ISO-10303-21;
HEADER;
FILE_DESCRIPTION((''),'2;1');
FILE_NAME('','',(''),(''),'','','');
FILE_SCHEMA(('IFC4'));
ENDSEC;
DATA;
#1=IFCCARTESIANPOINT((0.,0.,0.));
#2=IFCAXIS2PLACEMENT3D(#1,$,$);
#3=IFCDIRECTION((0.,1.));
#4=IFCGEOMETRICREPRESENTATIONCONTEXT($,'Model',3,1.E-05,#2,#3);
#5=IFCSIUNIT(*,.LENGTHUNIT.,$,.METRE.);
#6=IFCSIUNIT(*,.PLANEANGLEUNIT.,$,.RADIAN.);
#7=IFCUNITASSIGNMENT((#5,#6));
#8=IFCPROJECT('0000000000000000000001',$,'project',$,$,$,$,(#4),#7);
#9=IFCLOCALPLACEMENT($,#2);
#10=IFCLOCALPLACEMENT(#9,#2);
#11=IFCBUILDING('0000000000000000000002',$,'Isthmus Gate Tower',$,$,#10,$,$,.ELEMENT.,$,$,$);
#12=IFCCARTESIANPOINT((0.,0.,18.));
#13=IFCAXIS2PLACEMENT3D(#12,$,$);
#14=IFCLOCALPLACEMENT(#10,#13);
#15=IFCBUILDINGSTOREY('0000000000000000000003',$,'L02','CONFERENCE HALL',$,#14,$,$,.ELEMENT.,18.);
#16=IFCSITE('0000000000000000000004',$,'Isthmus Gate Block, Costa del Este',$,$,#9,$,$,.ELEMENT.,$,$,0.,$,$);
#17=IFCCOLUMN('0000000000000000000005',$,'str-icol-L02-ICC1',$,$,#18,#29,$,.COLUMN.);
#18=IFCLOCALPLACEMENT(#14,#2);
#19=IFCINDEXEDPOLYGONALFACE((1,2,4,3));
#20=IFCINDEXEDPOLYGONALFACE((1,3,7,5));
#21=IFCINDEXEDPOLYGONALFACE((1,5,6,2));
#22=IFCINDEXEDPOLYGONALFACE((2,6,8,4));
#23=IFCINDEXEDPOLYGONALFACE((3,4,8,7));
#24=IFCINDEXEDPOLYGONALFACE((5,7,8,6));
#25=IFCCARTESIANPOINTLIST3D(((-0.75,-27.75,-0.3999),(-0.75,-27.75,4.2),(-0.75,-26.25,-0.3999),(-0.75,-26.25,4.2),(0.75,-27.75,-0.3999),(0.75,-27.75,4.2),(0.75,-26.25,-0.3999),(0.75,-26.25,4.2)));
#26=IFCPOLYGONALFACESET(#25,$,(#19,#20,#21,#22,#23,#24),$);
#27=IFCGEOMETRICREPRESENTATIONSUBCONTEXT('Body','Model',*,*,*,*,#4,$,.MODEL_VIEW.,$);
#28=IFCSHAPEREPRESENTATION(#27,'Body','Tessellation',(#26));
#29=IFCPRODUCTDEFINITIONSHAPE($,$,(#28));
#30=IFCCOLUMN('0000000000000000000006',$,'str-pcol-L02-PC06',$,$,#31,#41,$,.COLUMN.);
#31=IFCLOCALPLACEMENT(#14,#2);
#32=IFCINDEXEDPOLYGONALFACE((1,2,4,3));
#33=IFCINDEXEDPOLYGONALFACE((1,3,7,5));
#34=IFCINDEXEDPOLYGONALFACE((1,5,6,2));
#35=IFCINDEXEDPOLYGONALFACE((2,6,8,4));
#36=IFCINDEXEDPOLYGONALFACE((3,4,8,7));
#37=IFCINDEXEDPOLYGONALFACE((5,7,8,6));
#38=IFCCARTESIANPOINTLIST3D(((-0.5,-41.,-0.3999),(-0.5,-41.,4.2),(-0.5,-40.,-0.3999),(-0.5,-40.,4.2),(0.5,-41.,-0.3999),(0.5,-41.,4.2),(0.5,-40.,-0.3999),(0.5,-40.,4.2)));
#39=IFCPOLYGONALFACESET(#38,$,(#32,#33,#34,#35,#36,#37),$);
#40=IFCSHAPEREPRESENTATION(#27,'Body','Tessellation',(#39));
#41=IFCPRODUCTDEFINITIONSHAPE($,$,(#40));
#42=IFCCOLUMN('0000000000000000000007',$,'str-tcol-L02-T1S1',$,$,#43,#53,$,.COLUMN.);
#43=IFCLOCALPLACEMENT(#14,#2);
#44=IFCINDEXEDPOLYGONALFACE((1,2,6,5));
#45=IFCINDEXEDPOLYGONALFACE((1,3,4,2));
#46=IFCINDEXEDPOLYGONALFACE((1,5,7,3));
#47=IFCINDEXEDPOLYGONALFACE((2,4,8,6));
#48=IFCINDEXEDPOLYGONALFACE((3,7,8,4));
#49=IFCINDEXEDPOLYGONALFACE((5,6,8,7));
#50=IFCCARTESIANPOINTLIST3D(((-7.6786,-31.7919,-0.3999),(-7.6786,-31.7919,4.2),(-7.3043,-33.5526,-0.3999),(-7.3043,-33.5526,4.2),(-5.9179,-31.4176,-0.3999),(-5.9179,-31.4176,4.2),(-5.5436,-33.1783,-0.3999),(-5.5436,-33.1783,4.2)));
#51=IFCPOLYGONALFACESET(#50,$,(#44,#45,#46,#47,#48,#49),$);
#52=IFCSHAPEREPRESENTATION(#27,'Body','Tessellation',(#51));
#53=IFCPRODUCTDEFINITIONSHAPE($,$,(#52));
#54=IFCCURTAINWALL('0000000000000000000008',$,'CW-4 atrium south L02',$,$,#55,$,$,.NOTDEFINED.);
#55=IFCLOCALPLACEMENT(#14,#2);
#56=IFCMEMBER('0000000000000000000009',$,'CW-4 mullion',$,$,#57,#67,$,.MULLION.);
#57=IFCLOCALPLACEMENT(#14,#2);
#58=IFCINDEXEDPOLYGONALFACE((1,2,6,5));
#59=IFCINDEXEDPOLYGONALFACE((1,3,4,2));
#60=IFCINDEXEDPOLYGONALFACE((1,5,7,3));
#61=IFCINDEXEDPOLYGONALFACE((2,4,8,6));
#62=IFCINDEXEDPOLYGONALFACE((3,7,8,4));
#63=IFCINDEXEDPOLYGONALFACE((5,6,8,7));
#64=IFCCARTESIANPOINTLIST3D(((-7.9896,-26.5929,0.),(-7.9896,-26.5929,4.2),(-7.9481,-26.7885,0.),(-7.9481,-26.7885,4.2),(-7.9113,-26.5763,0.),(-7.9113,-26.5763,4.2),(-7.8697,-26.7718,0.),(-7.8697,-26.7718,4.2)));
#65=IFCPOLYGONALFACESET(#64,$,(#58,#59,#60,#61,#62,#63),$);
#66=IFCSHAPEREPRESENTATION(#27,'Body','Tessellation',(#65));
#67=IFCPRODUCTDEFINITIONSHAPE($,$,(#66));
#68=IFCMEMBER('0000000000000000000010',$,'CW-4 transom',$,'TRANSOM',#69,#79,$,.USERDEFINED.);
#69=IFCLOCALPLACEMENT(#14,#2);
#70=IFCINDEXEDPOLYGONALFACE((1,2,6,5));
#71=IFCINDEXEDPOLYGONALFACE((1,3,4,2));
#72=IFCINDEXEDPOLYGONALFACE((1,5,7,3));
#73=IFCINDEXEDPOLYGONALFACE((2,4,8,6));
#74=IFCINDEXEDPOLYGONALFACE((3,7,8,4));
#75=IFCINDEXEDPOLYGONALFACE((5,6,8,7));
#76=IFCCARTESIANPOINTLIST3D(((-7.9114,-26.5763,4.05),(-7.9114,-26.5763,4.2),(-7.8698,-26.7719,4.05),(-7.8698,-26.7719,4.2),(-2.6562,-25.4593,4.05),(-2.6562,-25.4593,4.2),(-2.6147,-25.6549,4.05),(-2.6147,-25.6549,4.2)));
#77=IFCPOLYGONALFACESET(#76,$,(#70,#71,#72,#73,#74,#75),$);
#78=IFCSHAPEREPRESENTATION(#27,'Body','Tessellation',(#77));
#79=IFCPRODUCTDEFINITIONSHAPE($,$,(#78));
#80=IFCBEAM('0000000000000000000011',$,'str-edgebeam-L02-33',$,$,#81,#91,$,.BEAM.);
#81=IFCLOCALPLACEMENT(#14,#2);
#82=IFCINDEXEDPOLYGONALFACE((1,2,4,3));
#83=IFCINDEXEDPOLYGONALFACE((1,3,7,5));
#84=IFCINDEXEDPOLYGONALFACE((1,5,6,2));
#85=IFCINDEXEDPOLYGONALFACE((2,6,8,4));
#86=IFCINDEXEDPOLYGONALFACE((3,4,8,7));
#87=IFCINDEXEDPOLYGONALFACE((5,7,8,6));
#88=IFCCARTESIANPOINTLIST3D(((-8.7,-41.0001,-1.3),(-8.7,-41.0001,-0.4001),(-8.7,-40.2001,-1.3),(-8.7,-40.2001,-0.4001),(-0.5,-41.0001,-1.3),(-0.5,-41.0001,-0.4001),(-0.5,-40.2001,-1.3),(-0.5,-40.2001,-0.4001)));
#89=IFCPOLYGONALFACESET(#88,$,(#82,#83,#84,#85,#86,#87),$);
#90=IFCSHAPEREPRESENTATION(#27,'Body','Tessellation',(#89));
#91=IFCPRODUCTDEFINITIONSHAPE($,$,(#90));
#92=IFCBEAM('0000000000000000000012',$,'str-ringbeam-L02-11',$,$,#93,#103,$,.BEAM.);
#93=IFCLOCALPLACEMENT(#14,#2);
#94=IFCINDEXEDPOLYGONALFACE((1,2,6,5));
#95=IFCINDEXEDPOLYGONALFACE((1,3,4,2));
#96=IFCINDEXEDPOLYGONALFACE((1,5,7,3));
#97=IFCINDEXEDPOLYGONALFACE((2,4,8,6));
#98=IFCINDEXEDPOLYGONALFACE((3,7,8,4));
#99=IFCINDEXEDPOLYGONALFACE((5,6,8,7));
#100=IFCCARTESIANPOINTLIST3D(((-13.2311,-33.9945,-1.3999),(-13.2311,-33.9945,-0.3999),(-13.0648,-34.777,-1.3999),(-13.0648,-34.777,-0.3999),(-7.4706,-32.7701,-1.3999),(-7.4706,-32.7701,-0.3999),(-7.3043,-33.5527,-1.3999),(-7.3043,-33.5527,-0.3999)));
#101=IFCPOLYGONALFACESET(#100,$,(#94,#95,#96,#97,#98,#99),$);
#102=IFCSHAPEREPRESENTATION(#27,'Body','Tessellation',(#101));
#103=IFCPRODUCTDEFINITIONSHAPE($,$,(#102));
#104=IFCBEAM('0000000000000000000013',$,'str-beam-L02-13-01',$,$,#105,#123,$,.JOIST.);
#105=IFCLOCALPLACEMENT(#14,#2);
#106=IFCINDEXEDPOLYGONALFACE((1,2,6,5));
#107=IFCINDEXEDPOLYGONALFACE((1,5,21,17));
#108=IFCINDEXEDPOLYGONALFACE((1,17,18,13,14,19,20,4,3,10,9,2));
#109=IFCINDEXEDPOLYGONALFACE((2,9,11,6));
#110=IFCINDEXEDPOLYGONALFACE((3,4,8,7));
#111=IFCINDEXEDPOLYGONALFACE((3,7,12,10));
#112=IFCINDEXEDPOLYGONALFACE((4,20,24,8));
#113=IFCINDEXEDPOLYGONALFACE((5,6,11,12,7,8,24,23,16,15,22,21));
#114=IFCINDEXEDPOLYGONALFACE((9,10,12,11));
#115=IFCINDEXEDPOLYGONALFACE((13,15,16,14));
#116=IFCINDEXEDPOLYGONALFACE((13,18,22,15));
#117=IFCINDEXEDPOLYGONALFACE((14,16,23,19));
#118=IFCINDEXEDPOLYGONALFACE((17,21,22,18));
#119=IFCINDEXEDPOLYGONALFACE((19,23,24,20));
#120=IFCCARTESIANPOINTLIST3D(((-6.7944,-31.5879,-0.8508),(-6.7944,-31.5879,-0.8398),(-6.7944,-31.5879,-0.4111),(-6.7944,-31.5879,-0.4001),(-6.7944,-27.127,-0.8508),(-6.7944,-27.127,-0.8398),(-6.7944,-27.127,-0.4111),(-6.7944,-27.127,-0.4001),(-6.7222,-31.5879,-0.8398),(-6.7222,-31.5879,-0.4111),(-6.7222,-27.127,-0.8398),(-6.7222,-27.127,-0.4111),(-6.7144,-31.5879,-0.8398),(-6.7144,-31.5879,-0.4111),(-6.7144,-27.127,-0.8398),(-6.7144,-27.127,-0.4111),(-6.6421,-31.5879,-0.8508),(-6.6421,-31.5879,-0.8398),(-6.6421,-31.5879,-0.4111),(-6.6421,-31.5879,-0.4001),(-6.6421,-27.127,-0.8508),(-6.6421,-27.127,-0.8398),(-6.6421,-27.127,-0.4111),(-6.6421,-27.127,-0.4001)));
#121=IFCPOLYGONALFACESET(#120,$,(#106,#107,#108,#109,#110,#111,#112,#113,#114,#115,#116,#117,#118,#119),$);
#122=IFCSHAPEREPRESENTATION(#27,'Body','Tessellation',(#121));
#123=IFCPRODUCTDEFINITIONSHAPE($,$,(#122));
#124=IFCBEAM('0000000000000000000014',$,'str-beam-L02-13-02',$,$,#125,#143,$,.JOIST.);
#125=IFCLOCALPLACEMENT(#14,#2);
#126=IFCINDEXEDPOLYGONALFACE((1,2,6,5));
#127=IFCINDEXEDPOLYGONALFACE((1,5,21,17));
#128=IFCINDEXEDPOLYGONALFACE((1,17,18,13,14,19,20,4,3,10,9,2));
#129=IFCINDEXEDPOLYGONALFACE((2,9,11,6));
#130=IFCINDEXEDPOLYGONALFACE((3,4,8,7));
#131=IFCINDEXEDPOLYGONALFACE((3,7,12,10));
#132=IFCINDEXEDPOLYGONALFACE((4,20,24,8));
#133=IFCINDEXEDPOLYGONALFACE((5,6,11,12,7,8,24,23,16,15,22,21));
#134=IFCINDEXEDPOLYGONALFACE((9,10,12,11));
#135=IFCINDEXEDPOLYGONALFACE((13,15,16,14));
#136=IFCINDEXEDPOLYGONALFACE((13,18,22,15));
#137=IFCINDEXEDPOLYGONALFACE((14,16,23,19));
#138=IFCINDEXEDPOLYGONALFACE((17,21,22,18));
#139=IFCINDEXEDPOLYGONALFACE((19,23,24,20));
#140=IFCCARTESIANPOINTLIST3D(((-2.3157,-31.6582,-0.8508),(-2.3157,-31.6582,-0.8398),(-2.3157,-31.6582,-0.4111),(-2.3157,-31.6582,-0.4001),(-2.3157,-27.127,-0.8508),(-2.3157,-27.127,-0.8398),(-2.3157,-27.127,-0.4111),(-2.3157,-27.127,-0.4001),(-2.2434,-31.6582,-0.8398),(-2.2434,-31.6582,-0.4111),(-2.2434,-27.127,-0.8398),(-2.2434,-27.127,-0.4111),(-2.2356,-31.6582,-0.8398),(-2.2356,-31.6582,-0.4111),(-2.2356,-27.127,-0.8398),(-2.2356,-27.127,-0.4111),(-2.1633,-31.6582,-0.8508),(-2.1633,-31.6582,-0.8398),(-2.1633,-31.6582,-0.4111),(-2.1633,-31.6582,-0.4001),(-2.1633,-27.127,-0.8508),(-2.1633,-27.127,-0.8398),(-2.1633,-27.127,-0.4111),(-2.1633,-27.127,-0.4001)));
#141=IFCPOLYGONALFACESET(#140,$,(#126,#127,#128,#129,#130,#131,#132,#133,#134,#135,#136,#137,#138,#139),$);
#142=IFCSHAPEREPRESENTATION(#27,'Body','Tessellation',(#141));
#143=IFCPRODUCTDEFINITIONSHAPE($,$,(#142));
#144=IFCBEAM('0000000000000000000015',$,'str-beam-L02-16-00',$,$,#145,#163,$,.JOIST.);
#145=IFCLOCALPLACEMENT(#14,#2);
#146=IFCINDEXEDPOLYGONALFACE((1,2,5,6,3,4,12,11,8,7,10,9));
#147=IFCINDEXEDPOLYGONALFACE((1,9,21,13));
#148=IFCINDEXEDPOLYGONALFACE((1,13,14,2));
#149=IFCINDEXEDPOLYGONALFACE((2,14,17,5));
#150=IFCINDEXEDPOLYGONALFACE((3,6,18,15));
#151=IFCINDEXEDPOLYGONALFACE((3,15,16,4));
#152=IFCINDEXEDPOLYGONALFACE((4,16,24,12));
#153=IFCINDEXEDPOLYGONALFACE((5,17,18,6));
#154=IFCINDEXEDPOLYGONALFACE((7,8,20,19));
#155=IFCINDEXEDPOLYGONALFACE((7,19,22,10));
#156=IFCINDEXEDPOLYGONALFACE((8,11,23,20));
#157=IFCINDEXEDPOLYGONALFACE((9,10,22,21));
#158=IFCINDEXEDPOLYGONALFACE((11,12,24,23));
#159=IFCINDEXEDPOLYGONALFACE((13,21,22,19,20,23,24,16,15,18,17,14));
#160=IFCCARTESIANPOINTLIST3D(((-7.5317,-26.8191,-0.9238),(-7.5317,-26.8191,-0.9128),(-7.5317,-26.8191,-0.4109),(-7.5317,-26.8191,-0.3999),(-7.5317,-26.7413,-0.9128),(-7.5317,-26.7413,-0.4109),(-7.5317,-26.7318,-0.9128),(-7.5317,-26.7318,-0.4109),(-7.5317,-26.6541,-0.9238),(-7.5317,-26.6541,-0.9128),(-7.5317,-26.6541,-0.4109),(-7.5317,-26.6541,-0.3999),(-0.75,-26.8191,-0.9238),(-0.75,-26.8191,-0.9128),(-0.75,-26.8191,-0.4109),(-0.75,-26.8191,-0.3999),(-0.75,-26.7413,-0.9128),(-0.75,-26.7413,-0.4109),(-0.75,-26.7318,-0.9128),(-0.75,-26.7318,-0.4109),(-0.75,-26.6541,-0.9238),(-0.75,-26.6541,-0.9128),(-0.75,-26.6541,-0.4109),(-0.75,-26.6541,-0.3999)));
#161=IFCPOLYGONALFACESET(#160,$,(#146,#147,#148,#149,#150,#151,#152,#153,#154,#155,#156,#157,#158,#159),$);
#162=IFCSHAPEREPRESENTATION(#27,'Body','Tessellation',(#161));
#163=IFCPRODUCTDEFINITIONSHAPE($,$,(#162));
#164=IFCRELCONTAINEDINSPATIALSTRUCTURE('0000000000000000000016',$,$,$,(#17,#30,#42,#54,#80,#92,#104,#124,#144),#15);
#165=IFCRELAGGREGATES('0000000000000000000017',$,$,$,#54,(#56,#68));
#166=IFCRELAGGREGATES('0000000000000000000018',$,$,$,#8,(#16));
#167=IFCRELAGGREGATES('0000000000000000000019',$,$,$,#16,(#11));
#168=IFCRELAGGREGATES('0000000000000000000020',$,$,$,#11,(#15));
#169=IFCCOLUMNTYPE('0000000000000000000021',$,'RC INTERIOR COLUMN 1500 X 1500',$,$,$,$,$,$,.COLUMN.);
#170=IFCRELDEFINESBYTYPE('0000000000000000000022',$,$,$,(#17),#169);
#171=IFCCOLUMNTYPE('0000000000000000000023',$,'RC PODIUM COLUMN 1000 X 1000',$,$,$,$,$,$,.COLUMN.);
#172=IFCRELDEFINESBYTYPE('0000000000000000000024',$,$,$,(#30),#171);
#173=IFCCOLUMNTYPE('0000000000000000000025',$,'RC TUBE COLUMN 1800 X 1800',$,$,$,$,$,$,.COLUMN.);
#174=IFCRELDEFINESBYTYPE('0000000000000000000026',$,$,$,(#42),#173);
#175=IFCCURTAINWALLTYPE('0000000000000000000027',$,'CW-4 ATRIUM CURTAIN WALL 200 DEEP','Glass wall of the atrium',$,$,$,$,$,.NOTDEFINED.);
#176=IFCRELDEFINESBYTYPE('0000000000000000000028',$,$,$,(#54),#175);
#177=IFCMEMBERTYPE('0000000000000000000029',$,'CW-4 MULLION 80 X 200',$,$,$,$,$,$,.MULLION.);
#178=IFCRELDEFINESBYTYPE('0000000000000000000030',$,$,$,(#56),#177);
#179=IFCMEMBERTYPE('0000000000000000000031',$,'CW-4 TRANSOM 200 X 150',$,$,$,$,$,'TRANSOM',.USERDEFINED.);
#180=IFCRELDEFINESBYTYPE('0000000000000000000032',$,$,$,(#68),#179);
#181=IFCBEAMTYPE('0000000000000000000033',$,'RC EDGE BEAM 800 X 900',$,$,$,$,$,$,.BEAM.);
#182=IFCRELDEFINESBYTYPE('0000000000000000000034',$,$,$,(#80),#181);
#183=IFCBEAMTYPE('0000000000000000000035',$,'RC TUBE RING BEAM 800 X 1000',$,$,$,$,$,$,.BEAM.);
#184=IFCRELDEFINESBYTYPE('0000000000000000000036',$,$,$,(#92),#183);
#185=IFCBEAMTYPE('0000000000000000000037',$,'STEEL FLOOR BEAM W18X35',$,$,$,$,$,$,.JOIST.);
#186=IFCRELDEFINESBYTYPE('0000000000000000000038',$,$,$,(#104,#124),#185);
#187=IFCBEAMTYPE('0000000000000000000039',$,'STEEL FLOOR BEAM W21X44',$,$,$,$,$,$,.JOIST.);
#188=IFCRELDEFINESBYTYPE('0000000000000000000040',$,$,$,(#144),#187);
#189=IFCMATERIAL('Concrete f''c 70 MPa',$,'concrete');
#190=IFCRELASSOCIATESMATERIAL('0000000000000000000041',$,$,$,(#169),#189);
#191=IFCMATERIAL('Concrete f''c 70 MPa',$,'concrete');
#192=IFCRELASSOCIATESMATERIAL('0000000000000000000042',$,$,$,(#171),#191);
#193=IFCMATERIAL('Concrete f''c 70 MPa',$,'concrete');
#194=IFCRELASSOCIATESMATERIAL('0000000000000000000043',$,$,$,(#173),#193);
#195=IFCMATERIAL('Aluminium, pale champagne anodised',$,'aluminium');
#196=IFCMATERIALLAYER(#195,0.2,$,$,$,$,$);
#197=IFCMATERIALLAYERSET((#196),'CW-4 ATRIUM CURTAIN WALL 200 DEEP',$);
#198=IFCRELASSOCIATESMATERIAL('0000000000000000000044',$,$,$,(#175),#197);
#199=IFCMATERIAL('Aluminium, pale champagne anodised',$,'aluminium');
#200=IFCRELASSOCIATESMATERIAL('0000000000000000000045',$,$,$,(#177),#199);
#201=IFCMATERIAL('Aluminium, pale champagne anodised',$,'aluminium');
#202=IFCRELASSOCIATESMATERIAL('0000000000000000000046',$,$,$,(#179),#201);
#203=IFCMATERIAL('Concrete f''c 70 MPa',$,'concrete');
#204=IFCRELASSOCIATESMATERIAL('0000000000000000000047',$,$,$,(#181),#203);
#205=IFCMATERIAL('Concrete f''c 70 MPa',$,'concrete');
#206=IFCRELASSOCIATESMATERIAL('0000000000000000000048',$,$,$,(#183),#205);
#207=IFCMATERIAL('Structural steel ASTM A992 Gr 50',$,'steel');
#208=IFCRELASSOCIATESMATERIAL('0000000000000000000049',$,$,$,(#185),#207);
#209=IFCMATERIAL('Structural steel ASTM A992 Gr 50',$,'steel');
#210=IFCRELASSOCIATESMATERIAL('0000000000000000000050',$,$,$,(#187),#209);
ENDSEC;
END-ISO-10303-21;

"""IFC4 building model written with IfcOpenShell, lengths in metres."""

from ifc_helpers import new_model, si_unit, direction, frame, origin, origin_2d, place, context, subcontext, project, spatial, rectangle, i_section, extrude, material, layer, layer_set, material_profile, profile_set, type_object, element, aggregate, save


model = new_model("IFC4")

# Units and contexts
model_context = context("Model", 3, precision=1e-05, world=origin(), true_north=direction((0.0, 1.0)))
body_context = subcontext(model_context, "Body", "Model", "MODEL_VIEW")
ifc_project = project(units=[si_unit("LENGTHUNIT", "METRE"), si_unit("PLANEANGLEUNIT", "RADIAN")], contexts=[model_context])

# Site, building, storey
site_placement = place(None, origin())
site = spatial("IfcSite", under=ifc_project, at=site_placement, Name="Isthmus Gate Block, Costa del Este", CompositionType="ELEMENT", RefElevation=0.0)
building_placement = place(site_placement, origin())
building = spatial("IfcBuilding", under=site, at=building_placement, Name="Isthmus Gate Tower", CompositionType="ELEMENT")
storey_placement = place(building_placement, frame((0.0, 0.0, 18.0)))
storey = spatial("IfcBuildingStorey", under=building, at=storey_placement, Name="L02", Description="CONFERENCE HALL", CompositionType="ELEMENT", Elevation=18.0)

# Columns
ifc_material_1 = material(Name="Concrete f'c 70 MPa", Category="concrete")
ifc_material_profile_1 = material_profile(ifc_material_1, rectangle(XDim=1.5, YDim=1.5, at=origin_2d()), Name="RC 1500X1500")
ifc_profile_set_1 = profile_set([ifc_material_profile_1], Name="Concrete f'c 70 MPa")
column_type_1 = type_object("IfcColumnType", Name="RC INTERIOR COLUMN 1500 X 1500", PredefinedType="COLUMN", material=ifc_profile_set_1)
column_1_placement = place(storey_placement, frame((0.0, -27.0, -0.3999), z_axis=(0.0, 0.0, 1.0), x_axis=(1.0, 0.0, 0.0)))
element("IfcColumn", 1, at=column_1_placement, inside=storey, type_object=column_type_1, Name="str-icol-L02-ICC1", PredefinedType="COLUMN", context=body_context, shape_type="SweptSolid", body=[
    extrude(rectangle(XDim=1.5, YDim=1.5, at=origin_2d()), origin(), (0.0, 0.0, 1.0), 4.5999),
])
ifc_material_2 = material(Name="Concrete f'c 70 MPa", Category="concrete")
ifc_material_profile_2 = material_profile(ifc_material_2, rectangle(XDim=1.0, YDim=1.0, at=origin_2d()), Name="RC 1000X1000")
ifc_profile_set_2 = profile_set([ifc_material_profile_2], Name="Concrete f'c 70 MPa")
column_type_2 = type_object("IfcColumnType", Name="RC PODIUM COLUMN 1000 X 1000", PredefinedType="COLUMN", material=ifc_profile_set_2)
column_2_placement = place(storey_placement, frame((0.0, -40.5, -0.3999), z_axis=(0.0, 0.0, 1.0), x_axis=(1.0, 0.0, 0.0)))
element("IfcColumn", 2, at=column_2_placement, inside=storey, type_object=column_type_2, Name="str-pcol-L02-PC06", PredefinedType="COLUMN", context=body_context, shape_type="SweptSolid", body=[
    extrude(rectangle(XDim=1.0, YDim=1.0, at=origin_2d()), origin(), (0.0, 0.0, 1.0), 4.5999),
])
ifc_material_3 = material(Name="Concrete f'c 70 MPa", Category="concrete")
ifc_material_profile_3 = material_profile(ifc_material_3, rectangle(XDim=1.8, YDim=1.8, at=origin_2d()), Name="RC 1800X1800")
ifc_profile_set_3 = profile_set([ifc_material_profile_3], Name="Concrete f'c 70 MPa")
column_type_3 = type_object("IfcColumnType", Name="RC TUBE COLUMN 1800 X 1800", PredefinedType="COLUMN", material=ifc_profile_set_3)
column_3_placement = place(storey_placement, frame((-6.6111, -32.4851, -0.3999), z_axis=(0.0, 0.0, 1.0), x_axis=(0.978148, 0.207912, 0.0)))
element("IfcColumn", 3, at=column_3_placement, inside=storey, type_object=column_type_3, Name="str-tcol-L02-T1S1", PredefinedType="COLUMN", context=body_context, shape_type="SweptSolid", body=[
    extrude(rectangle(XDim=1.8, YDim=1.8, at=origin_2d()), origin(), (0.0, 0.0, 1.0), 4.5999),
])

# Curtain wall, members
ifc_material_4 = material(Name="Aluminium, pale champagne anodised", Category="aluminium")
ifc_layer_1 = layer(ifc_material_4, 0.2)
ifc_layer_set_1 = layer_set([ifc_layer_1], Name="CW-4 ATRIUM CURTAIN WALL 200 DEEP")
curtain_wall_type = type_object("IfcCurtainWallType", Name="CW-4 ATRIUM CURTAIN WALL 200 DEEP", Description="Glass wall of the atrium", PredefinedType="NOTDEFINED", material=ifc_layer_set_1)
curtain_wall_placement = place(storey_placement, origin())
curtain_wall = element("IfcCurtainWall", 4, at=curtain_wall_placement, inside=storey, type_object=curtain_wall_type, Name="CW-4 atrium south L02", PredefinedType="NOTDEFINED")
ifc_material_5 = material(Name="Aluminium, pale champagne anodised", Category="aluminium")
ifc_material_profile_4 = material_profile(ifc_material_5, rectangle(XDim=0.0801, YDim=0.2, at=origin_2d()), Name="80x200")
ifc_profile_set_4 = profile_set([ifc_material_profile_4], Name="Aluminium, pale champagne anodised")
member_type_1 = type_object("IfcMemberType", Name="CW-4 MULLION 80 X 200", PredefinedType="MULLION", material=ifc_profile_set_4)
member_1_placement = place(storey_placement, frame((-7.9297, -26.6824, 0.0), z_axis=(0.0, 0.0, 1.0), x_axis=(0.978148, 0.207912, 0.0)))
member_1 = element("IfcMember", 5, at=member_1_placement, type_object=member_type_1, Name="CW-4 mullion", PredefinedType="MULLION", context=body_context, shape_type="SweptSolid", body=[
    extrude(rectangle(XDim=0.0801, YDim=0.2, at=origin_2d()), origin(), (0.0, 0.0, 1.0), 4.2),
])
ifc_material_6 = material(Name="Aluminium, pale champagne anodised", Category="aluminium")
ifc_material_profile_5 = material_profile(ifc_material_6, rectangle(XDim=0.2, YDim=0.1499, at=origin_2d()), Name="200x150")
ifc_profile_set_5 = profile_set([ifc_material_profile_5], Name="Aluminium, pale champagne anodised")
member_type_2 = type_object("IfcMemberType", Name="CW-4 TRANSOM 200 X 150", ElementType="TRANSOM", PredefinedType="USERDEFINED", material=ifc_profile_set_5)
member_2_placement = place(storey_placement, frame((-7.8906, -26.6741, 4.125), z_axis=(0.97815, 0.2079, 0.0), x_axis=(-0.2079, 0.97815, 0.0)))
member_2 = element("IfcMember", 6, at=member_2_placement, type_object=member_type_2, Name="CW-4 transom", ObjectType="TRANSOM", PredefinedType="USERDEFINED", context=body_context, shape_type="SweptSolid", body=[
    extrude(rectangle(XDim=0.2, YDim=0.1499, at=origin_2d()), origin(), (0.0, 0.0, 1.0), 5.3726),
])
aggregate(curtain_wall, [member_1, member_2])

# Beams
ifc_material_7 = material(Name="Concrete f'c 70 MPa", Category="concrete")
ifc_material_profile_6 = material_profile(ifc_material_7, rectangle(XDim=0.8, YDim=0.8999, at=origin_2d()), Name="RC 800X900")
ifc_profile_set_6 = profile_set([ifc_material_profile_6], Name="Concrete f'c 70 MPa")
beam_type_1 = type_object("IfcBeamType", Name="RC EDGE BEAM 800 X 900", PredefinedType="BEAM", material=ifc_profile_set_6)
beam_1_placement = place(storey_placement, frame((-0.5, -40.6001, -0.8501), z_axis=(-1.0, 0.0, 0.0), x_axis=(0.0, -1.0, 0.0)))
element("IfcBeam", 7, at=beam_1_placement, inside=storey, type_object=beam_type_1, Name="str-edgebeam-L02-33", PredefinedType="BEAM", context=body_context, shape_type="SweptSolid", body=[
    extrude(rectangle(XDim=0.8, YDim=0.8999, at=origin_2d()), origin(), (0.0, 0.0, 1.0), 8.2),
])
ifc_material_8 = material(Name="Concrete f'c 70 MPa", Category="concrete")
ifc_material_profile_7 = material_profile(ifc_material_8, rectangle(XDim=0.8, YDim=1.0, at=origin_2d()), Name="RC 800X1000")
ifc_profile_set_7 = profile_set([ifc_material_profile_7], Name="Concrete f'c 70 MPa")
beam_type_2 = type_object("IfcBeamType", Name="RC TUBE RING BEAM 800 X 1000", PredefinedType="BEAM", material=ifc_profile_set_7)
beam_2_placement = place(storey_placement, frame((-7.3875, -33.1614, -0.8999), z_axis=(-0.97815, -0.207901, 0.0), x_axis=(0.207901, -0.97815, 0.0)))
element("IfcBeam", 8, at=beam_2_placement, inside=storey, type_object=beam_type_2, Name="str-ringbeam-L02-11", PredefinedType="BEAM", context=body_context, shape_type="SweptSolid", body=[
    extrude(rectangle(XDim=0.8, YDim=1.0, at=origin_2d()), origin(), (0.0, 0.0, 1.0), 5.8892),
])
ifc_material_9 = material(Name="Structural steel ASTM A992 Gr 50", Category="steel")
ifc_material_profile_8 = material_profile(ifc_material_9, i_section(OverallWidth=0.1523, OverallDepth=0.4507, WebThickness=0.0078, FlangeThickness=0.011, at=origin_2d()), Name="W18X35")
ifc_profile_set_8 = profile_set([ifc_material_profile_8], Name="Structural steel ASTM A992 Gr 50")
beam_type_3 = type_object("IfcBeamType", Name="STEEL FLOOR BEAM W18X35", PredefinedType="JOIST", material=ifc_profile_set_8)
beam_3_placement = place(storey_placement, frame((-6.7183, -31.5879, -0.6255), z_axis=(0.0, 1.0, 0.0), x_axis=(-1.0, 0.0, 0.0)))
element("IfcBeam", 9, at=beam_3_placement, inside=storey, type_object=beam_type_3, Name="str-beam-L02-13-01", PredefinedType="JOIST", context=body_context, shape_type="SweptSolid", body=[
    extrude(i_section(OverallWidth=0.1523, OverallDepth=0.4507, WebThickness=0.0078, FlangeThickness=0.011, at=origin_2d()), origin(), (0.0, 0.0, 1.0), 4.4609),
])
beam_4_placement = place(storey_placement, frame((-2.2395, -31.6582, -0.6255), z_axis=(0.0, 1.0, 0.0), x_axis=(-1.0, 0.0, 0.0)))
element("IfcBeam", 10, at=beam_4_placement, inside=storey, type_object=beam_type_3, Name="str-beam-L02-13-02", PredefinedType="JOIST", context=body_context, shape_type="SweptSolid", body=[
    extrude(i_section(OverallWidth=0.1523, OverallDepth=0.4507, WebThickness=0.0078, FlangeThickness=0.011, at=origin_2d()), origin(), (0.0, 0.0, 1.0), 4.5312),
])
ifc_material_10 = material(Name="Structural steel ASTM A992 Gr 50", Category="steel")
ifc_material_profile_9 = material_profile(ifc_material_10, i_section(OverallWidth=0.165, OverallDepth=0.5239, WebThickness=0.0095, FlangeThickness=0.011, at=origin_2d()), Name="W21X44")
ifc_profile_set_9 = profile_set([ifc_material_profile_9], Name="Structural steel ASTM A992 Gr 50")
beam_type_4 = type_object("IfcBeamType", Name="STEEL FLOOR BEAM W21X44", PredefinedType="JOIST", material=ifc_profile_set_9)
beam_5_placement = place(storey_placement, frame((-7.5317, -26.7366, -0.6619), z_axis=(1.0, 0.0, 0.0), x_axis=(0.0, 1.0, 0.0)))
element("IfcBeam", 11, at=beam_5_placement, inside=storey, type_object=beam_type_4, Name="str-beam-L02-16-00", PredefinedType="JOIST", context=body_context, shape_type="SweptSolid", body=[
    extrude(i_section(OverallWidth=0.165, OverallDepth=0.5239, WebThickness=0.0095, FlangeThickness=0.011, at=origin_2d()), origin(), (0.0, 0.0, 1.0), 6.7817),
])

save(model, "model.ifc")
